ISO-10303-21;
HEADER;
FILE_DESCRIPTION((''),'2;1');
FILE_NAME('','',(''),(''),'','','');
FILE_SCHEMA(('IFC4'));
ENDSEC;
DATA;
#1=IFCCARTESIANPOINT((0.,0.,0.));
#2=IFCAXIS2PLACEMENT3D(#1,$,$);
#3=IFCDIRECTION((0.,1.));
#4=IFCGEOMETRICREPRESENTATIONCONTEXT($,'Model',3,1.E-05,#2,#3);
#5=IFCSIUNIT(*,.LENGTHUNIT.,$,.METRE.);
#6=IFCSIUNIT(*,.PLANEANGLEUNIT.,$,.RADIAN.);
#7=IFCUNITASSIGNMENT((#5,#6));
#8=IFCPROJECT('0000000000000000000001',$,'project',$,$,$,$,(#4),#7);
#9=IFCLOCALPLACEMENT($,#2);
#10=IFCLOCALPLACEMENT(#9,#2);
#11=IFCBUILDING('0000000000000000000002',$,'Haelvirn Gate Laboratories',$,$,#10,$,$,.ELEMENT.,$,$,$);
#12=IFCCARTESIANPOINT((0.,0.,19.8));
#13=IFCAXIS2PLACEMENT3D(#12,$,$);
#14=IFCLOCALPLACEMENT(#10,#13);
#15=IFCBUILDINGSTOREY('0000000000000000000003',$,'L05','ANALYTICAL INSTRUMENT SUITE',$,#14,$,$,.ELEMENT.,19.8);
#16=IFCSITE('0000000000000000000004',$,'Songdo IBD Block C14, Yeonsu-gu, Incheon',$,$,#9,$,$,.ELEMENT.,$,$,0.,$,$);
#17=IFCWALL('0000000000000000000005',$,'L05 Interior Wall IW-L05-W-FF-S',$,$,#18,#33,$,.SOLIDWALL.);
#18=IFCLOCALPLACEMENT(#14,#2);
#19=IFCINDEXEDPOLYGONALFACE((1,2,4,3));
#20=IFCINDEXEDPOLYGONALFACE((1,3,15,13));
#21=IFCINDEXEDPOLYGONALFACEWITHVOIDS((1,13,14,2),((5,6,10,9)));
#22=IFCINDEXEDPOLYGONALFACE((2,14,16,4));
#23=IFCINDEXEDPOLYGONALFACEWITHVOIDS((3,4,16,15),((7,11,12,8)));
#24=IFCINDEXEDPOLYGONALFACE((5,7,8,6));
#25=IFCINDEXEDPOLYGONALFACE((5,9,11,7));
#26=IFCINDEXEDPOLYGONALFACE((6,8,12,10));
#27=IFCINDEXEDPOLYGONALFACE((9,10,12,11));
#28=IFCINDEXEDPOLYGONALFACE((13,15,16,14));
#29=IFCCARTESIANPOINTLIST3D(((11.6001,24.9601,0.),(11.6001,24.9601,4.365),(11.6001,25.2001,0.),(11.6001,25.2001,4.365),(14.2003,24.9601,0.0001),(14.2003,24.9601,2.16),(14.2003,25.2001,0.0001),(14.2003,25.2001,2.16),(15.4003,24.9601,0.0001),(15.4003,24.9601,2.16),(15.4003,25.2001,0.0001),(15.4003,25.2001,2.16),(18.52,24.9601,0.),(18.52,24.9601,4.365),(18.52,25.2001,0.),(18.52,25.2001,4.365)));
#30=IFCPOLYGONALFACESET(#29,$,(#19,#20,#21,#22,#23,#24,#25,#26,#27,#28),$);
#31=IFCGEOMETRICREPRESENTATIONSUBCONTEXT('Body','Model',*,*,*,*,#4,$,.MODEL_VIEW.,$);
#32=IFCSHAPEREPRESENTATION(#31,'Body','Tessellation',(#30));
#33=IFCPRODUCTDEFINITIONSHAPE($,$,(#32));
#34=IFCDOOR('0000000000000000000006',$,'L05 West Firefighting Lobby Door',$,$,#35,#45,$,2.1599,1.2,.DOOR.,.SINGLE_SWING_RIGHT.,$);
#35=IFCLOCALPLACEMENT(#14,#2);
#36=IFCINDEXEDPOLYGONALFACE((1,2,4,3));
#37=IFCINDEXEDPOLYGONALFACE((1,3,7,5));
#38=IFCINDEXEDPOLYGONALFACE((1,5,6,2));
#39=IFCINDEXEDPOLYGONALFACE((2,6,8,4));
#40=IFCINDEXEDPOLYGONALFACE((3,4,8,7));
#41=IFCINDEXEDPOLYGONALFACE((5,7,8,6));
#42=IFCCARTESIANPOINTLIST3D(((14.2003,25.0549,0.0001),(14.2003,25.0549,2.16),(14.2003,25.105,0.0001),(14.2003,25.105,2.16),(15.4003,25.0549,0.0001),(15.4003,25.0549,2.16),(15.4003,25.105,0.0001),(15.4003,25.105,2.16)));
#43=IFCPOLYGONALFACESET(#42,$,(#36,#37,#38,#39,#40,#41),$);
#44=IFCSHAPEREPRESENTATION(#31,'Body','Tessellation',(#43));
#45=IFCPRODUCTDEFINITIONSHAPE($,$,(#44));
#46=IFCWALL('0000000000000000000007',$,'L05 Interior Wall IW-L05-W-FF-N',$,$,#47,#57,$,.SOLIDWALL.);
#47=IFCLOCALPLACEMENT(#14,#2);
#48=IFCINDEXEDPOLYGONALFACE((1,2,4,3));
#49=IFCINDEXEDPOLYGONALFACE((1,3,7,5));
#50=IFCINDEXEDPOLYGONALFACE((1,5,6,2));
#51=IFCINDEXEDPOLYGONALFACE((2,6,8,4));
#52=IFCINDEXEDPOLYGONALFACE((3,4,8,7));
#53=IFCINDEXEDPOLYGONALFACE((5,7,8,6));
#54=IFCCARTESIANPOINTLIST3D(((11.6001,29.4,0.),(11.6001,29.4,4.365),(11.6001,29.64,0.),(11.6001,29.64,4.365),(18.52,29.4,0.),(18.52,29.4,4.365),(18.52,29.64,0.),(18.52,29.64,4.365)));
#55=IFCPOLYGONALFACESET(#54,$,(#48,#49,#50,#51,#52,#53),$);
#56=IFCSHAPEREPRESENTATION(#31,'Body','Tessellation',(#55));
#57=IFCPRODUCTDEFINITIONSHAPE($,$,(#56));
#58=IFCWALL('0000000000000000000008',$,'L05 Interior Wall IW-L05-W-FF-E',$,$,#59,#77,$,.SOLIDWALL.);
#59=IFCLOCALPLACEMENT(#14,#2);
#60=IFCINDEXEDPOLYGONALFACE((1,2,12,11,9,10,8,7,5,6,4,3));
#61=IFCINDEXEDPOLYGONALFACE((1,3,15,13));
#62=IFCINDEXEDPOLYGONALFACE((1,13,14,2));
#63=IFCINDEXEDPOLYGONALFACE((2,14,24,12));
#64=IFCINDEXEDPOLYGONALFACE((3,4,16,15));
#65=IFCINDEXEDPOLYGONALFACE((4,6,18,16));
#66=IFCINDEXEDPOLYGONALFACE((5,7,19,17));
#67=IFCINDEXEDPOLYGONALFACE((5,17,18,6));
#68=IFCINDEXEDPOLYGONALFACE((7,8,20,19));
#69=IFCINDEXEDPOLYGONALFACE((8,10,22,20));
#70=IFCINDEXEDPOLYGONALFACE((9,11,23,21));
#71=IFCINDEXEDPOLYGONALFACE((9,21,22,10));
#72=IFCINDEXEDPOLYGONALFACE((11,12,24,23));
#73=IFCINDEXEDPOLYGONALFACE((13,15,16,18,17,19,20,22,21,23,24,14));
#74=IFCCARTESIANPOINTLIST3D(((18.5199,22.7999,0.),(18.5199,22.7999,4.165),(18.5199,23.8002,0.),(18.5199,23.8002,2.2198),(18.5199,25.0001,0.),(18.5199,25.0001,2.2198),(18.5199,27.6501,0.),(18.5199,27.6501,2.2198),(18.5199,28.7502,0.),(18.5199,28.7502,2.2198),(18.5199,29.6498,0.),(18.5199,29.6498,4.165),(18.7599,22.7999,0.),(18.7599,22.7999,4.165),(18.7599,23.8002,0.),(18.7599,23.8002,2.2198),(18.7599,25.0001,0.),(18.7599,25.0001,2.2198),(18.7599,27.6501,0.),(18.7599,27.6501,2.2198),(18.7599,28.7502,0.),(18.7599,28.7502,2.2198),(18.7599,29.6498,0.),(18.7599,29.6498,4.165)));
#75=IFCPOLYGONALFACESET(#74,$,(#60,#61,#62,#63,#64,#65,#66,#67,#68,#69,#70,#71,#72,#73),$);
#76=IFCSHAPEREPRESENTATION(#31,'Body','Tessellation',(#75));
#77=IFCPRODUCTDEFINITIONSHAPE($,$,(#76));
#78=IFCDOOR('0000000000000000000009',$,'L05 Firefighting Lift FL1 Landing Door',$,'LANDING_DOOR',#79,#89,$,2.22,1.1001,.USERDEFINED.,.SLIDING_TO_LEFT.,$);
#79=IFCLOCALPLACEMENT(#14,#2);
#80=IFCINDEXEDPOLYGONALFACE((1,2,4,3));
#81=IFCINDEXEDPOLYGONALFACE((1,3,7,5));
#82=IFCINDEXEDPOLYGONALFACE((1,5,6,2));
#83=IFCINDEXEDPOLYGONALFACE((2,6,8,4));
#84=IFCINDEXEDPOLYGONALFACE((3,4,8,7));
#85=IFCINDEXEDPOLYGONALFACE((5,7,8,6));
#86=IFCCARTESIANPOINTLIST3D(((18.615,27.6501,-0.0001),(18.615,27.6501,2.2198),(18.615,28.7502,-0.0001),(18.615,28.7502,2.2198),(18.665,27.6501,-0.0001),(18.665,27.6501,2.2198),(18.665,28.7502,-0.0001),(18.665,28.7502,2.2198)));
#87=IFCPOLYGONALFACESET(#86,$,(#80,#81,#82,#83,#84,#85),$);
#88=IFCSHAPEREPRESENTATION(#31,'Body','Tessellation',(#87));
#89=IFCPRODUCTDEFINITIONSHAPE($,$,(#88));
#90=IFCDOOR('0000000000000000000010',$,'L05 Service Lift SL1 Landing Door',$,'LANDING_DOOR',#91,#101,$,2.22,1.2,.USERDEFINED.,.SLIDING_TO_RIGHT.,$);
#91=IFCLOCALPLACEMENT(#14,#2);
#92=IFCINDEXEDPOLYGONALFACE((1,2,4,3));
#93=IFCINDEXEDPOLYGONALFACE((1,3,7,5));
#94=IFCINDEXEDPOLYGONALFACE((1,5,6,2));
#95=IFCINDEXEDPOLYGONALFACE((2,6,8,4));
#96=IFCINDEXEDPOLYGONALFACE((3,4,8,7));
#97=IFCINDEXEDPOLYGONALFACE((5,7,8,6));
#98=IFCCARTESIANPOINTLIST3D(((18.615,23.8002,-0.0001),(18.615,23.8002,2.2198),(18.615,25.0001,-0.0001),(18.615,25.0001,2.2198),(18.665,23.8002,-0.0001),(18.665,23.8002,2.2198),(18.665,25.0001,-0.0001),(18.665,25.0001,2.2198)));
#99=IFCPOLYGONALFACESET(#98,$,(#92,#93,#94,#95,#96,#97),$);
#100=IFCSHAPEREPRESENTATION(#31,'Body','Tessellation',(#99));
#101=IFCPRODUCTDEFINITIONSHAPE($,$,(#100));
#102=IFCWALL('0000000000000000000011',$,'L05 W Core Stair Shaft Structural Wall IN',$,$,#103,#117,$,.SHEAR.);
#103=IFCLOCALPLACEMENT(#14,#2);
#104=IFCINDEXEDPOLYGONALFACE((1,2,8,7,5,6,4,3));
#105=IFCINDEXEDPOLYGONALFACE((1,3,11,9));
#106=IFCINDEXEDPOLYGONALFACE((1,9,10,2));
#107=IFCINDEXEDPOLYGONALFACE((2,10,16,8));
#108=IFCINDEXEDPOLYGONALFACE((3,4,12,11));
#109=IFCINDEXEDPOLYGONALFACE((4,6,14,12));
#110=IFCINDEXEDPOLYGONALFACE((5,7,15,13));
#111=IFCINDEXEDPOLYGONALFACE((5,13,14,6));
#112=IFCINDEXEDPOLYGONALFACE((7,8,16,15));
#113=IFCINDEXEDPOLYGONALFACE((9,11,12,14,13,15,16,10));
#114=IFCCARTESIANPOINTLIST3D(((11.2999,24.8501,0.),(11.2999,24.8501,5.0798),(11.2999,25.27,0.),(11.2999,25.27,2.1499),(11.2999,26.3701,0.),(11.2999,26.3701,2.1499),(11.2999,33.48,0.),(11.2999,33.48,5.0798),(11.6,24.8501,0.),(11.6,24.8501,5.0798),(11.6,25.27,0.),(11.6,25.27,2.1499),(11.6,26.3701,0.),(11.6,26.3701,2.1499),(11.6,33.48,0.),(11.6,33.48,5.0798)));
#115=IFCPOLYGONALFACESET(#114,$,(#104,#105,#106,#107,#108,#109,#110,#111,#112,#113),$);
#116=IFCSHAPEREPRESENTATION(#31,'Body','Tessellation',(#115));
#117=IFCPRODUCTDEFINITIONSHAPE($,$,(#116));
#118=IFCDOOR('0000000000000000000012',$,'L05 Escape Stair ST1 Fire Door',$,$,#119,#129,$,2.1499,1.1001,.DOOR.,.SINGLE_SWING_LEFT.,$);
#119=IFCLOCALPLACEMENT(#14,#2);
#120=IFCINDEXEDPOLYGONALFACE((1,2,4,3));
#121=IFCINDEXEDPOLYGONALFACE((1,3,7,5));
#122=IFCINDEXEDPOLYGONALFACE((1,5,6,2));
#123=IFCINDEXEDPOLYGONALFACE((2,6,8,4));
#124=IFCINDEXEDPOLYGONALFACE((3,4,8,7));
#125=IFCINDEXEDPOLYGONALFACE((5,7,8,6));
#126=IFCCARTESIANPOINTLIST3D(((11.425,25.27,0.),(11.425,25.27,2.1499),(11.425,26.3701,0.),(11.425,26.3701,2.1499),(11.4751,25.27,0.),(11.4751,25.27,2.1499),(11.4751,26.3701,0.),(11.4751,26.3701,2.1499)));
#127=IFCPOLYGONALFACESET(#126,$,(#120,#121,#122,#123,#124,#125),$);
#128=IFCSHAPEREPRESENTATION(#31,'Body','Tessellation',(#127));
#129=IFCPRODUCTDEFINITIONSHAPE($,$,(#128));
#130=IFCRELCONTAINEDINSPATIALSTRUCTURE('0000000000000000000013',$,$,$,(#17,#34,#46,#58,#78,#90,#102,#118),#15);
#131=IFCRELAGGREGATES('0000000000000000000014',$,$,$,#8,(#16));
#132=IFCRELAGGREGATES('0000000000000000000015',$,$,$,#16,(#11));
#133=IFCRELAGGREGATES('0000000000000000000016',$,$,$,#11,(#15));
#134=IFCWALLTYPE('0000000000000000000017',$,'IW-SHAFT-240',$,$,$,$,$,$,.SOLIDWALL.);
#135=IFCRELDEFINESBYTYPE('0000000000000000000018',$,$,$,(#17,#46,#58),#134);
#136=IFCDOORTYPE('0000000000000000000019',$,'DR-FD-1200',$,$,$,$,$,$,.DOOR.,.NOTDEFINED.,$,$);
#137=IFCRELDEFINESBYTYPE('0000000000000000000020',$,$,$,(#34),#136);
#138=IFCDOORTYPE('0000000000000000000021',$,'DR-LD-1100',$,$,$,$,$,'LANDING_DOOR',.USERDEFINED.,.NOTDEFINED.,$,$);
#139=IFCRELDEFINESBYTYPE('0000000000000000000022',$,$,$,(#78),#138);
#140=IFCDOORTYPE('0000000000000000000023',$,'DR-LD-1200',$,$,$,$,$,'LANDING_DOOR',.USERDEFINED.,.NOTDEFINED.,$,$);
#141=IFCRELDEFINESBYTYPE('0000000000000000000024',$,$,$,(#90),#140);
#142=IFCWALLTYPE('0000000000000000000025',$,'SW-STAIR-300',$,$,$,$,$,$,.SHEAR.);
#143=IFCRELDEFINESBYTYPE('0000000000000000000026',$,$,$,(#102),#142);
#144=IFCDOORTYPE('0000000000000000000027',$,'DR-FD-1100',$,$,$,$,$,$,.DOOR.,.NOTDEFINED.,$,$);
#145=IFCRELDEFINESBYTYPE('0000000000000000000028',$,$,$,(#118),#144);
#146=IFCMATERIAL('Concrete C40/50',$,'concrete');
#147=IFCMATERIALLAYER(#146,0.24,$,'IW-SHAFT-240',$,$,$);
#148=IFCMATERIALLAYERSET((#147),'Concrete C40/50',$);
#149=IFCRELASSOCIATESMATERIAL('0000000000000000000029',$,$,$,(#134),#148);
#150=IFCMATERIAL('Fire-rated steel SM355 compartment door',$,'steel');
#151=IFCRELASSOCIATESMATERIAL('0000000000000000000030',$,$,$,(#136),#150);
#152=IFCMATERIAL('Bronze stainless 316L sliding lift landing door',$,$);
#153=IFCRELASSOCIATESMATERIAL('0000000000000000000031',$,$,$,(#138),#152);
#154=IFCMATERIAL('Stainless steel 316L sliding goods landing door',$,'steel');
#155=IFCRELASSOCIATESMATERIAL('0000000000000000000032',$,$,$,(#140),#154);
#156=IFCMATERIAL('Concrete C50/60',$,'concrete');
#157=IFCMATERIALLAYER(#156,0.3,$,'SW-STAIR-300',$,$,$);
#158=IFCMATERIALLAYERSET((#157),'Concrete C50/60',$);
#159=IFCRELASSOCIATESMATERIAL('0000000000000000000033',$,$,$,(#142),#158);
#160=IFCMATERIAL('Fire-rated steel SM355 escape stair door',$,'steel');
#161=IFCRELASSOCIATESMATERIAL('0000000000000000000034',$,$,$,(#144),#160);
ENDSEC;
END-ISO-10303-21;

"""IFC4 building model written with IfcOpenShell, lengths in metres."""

from ifc_helpers import new_model, si_unit, direction, frame, frame_2d, origin, place, context, subcontext, project, spatial, rectangle, extrude, source, transform, mapped, material, layer, layer_set, type_object, type_shapes, element, fill, save


model = new_model("IFC4")

# Units and contexts
model_context = context("Model", 3, precision=1e-05, world=origin(), true_north=direction((0.0, 1.0)))
body_context = subcontext(model_context, "Body", "Model", "MODEL_VIEW")
ifc_project = project(units=[si_unit("LENGTHUNIT", "METRE"), si_unit("PLANEANGLEUNIT", "RADIAN")], contexts=[model_context])

# Site, building, storey
site_placement = place(None, origin())
site = spatial("IfcSite", under=ifc_project, at=site_placement, Name="Songdo IBD Block C14, Yeonsu-gu, Incheon", CompositionType="ELEMENT", RefElevation=0.0)
building_placement = place(site_placement, origin())
building = spatial("IfcBuilding", under=site, at=building_placement, Name="Haelvirn Gate Laboratories", CompositionType="ELEMENT")
storey_placement = place(building_placement, frame((0.0, 0.0, 19.8)))
storey = spatial("IfcBuildingStorey", under=building, at=storey_placement, Name="L05", Description="ANALYTICAL INSTRUMENT SUITE", CompositionType="ELEMENT", Elevation=19.8)

# Shared definitions
ifc_material_1 = material(Name="Concrete C40/50", Category="concrete")

# Wall, opening, door
ifc_layer_1 = layer(ifc_material_1, 0.24, Name="IW-SHAFT-240")
ifc_layer_set_1 = layer_set([ifc_layer_1], Name="Concrete C40/50")
wall_type_1 = type_object("IfcWallType", Name="IW-SHAFT-240", PredefinedType="SOLIDWALL", material=ifc_layer_set_1)
wall_1_placement = place(storey_placement, frame((11.6001, 25.0801, 0.0), z_axis=(0.0, 0.0, 1.0), x_axis=(1.0, 0.0, 0.0)))
wall_1 = element("IfcWall", 1, at=wall_1_placement, inside=storey, type_object=wall_type_1, Name="L05 Interior Wall IW-L05-W-FF-S", PredefinedType="SOLIDWALL", context=body_context, shape_type="SweptSolid", body=[
    extrude(rectangle(XDim=6.9199, YDim=0.24, at=frame_2d((3.46, 0.0))), origin(), (0.0, 0.0, 1.0), 4.365),
])
opening_1_placement = place(wall_1_placement, frame((2.6001, 0.0, 0.0)))
opening_1 = element("IfcOpeningElement", 2, at=opening_1_placement, cuts=wall_1, PredefinedType="OPENING", context=body_context, shape_type="SweptSolid", body=[
    extrude(rectangle(XDim=1.2, YDim=2.1599, at=frame_2d((0.6001, 1.0801))), frame((0.0, 0.1299, 0.0), z_axis=(0.0, -1.0, 0.0), x_axis=(1.0, 0.0, 0.0)), (0.0, 0.0, 1.0), 0.26),
])
ifc_material_2 = material(Name="Fire-rated steel SM355 compartment door", Category="steel")
door_type_1 = type_object("IfcDoorType", Name="DR-FD-1200", OperationType="NOTDEFINED", PredefinedType="DOOR", material=ifc_material_2)
shared_shape_1 = source(origin(), body_context, "Body", "SweptSolid", [
    extrude(rectangle(XDim=1.2, YDim=2.1599, at=frame_2d((0.6001, 1.0801))), frame((0.0, 0.0249, 0.0), z_axis=(0.0, -1.0, 0.0), x_axis=(1.0, 0.0, 0.0)), (0.0, 0.0, 1.0), 0.05),
])
type_shapes(door_type_1, [shared_shape_1])
door_1_placement = place(opening_1_placement, origin())
door_1 = element("IfcDoor", 3, at=door_1_placement, inside=storey, type_object=door_type_1, Name="L05 West Firefighting Lobby Door", OperationType="SINGLE_SWING_RIGHT", OverallHeight=2.1599, OverallWidth=1.2, PredefinedType="DOOR", context=body_context, shape_type="MappedRepresentation", body=[
    mapped(shared_shape_1, transform((0.0, 0.0, 0.0), scale=1.0)),
])
fill(opening_1, door_1)

# Wall
wall_2_placement = place(storey_placement, frame((11.6001, 29.52, 0.0), z_axis=(0.0, 0.0, 1.0), x_axis=(1.0, 0.0, 0.0)))
element("IfcWall", 4, at=wall_2_placement, inside=storey, type_object=wall_type_1, Name="L05 Interior Wall IW-L05-W-FF-N", PredefinedType="SOLIDWALL", context=body_context, shape_type="SweptSolid", body=[
    extrude(rectangle(XDim=6.9199, YDim=0.24, at=frame_2d((3.46, 0.0))), origin(), (0.0, 0.0, 1.0), 4.365),
])

# Wall, openings, doors
wall_3_placement = place(storey_placement, frame((18.6399, 22.8, 0.0), z_axis=(0.0, 0.0, 1.0), x_axis=(0.0, 1.0, 0.0)))
wall_3 = element("IfcWall", 5, at=wall_3_placement, inside=storey, type_object=wall_type_1, Name="L05 Interior Wall IW-L05-W-FF-E", PredefinedType="SOLIDWALL", context=body_context, shape_type="SweptSolid", body=[
    extrude(rectangle(XDim=6.8499, YDim=0.24, at=frame_2d((3.4248, 0.0))), origin(), (0.0, 0.0, 1.0), 4.165),
])
opening_2_placement = place(wall_3_placement, frame((4.8501, 0.0, 0.0)))
opening_2 = element("IfcOpeningElement", 6, at=opening_2_placement, cuts=wall_3, PredefinedType="OPENING", context=body_context, shape_type="SweptSolid", body=[
    extrude(rectangle(XDim=1.1001, YDim=2.22, at=frame_2d((0.55, 1.1099))), frame((0.0, 0.1299, 0.0), z_axis=(0.0, -1.0, 0.0), x_axis=(1.0, 0.0, 0.0)), (0.0, 0.0, 1.0), 0.26),
])
opening_3_placement = place(wall_3_placement, frame((1.0, 0.0, 0.0)))
opening_3 = element("IfcOpeningElement", 7, at=opening_3_placement, cuts=wall_3, PredefinedType="OPENING", context=body_context, shape_type="SweptSolid", body=[
    extrude(rectangle(XDim=1.2, YDim=2.22, at=frame_2d((0.6001, 1.1099))), frame((0.0, 0.1299, 0.0), z_axis=(0.0, -1.0, 0.0), x_axis=(1.0, 0.0, 0.0)), (0.0, 0.0, 1.0), 0.26),
])
ifc_material_3 = material(Name="Bronze stainless 316L sliding lift landing door")
door_type_2 = type_object("IfcDoorType", Name="DR-LD-1100", ElementType="LANDING_DOOR", OperationType="NOTDEFINED", PredefinedType="USERDEFINED", material=ifc_material_3)
shared_shape_2 = source(origin(), body_context, "Body", "SweptSolid", [
    extrude(rectangle(XDim=1.1001, YDim=2.22, at=frame_2d((0.55, 1.1099))), frame((0.0, 0.0249, 0.0), z_axis=(0.0, -1.0, 0.0), x_axis=(1.0, 0.0, 0.0)), (0.0, 0.0, 1.0), 0.05),
])
type_shapes(door_type_2, [shared_shape_2])
door_2_placement = place(opening_2_placement, origin())
door_2 = element("IfcDoor", 8, at=door_2_placement, inside=storey, type_object=door_type_2, Name="L05 Firefighting Lift FL1 Landing Door", ObjectType="LANDING_DOOR", OperationType="SLIDING_TO_LEFT", OverallHeight=2.22, OverallWidth=1.1001, PredefinedType="USERDEFINED", context=body_context, shape_type="MappedRepresentation", body=[
    mapped(shared_shape_2, transform((0.0, 0.0, 0.0), scale=1.0)),
])
fill(opening_2, door_2)
ifc_material_4 = material(Name="Stainless steel 316L sliding goods landing door", Category="steel")
door_type_3 = type_object("IfcDoorType", Name="DR-LD-1200", ElementType="LANDING_DOOR", OperationType="NOTDEFINED", PredefinedType="USERDEFINED", material=ifc_material_4)
shared_shape_3 = source(origin(), body_context, "Body", "SweptSolid", [
    extrude(rectangle(XDim=1.2, YDim=2.22, at=frame_2d((0.6001, 1.1099))), frame((0.0, 0.0249, 0.0), z_axis=(0.0, -1.0, 0.0), x_axis=(1.0, 0.0, 0.0)), (0.0, 0.0, 1.0), 0.05),
])
type_shapes(door_type_3, [shared_shape_3])
door_3_placement = place(opening_3_placement, origin())
door_3 = element("IfcDoor", 9, at=door_3_placement, inside=storey, type_object=door_type_3, Name="L05 Service Lift SL1 Landing Door", ObjectType="LANDING_DOOR", OperationType="SLIDING_TO_RIGHT", OverallHeight=2.22, OverallWidth=1.2, PredefinedType="USERDEFINED", context=body_context, shape_type="MappedRepresentation", body=[
    mapped(shared_shape_3, transform((0.0, 0.0, 0.0), scale=1.0)),
])
fill(opening_3, door_3)

# Wall, opening, door
ifc_material_5 = material(Name="Concrete C50/60", Category="concrete")
ifc_layer_2 = layer(ifc_material_5, 0.3, Name="SW-STAIR-300")
ifc_layer_set_2 = layer_set([ifc_layer_2], Name="Concrete C50/60")
wall_type_2 = type_object("IfcWallType", Name="SW-STAIR-300", PredefinedType="SHEAR", material=ifc_layer_set_2)
wall_4_placement = place(storey_placement, frame((11.45, 24.8501, 0.0), z_axis=(0.0, 0.0, 1.0), x_axis=(0.0, 1.0, 0.0)))
wall_4 = element("IfcWall", 10, at=wall_4_placement, inside=storey, type_object=wall_type_2, Name="L05 W Core Stair Shaft Structural Wall IN", PredefinedType="SHEAR", context=body_context, shape_type="SweptSolid", body=[
    extrude(rectangle(XDim=8.6299, YDim=0.3, at=frame_2d((4.3149, 0.0))), origin(), (0.0, 0.0, 1.0), 5.0798),
])
opening_4_placement = place(wall_4_placement, frame((0.4199, 0.0, 0.0)))
opening_4 = element("IfcOpeningElement", 11, at=opening_4_placement, cuts=wall_4, PredefinedType="OPENING", context=body_context, shape_type="SweptSolid", body=[
    extrude(rectangle(XDim=1.1001, YDim=2.1499, at=frame_2d((0.55, 1.075))), frame((0.0, 0.1602, 0.0), z_axis=(0.0, -1.0, 0.0), x_axis=(1.0, 0.0, 0.0)), (0.0, 0.0, 1.0), 0.3201),
])
ifc_material_6 = material(Name="Fire-rated steel SM355 escape stair door", Category="steel")
door_type_4 = type_object("IfcDoorType", Name="DR-FD-1100", OperationType="NOTDEFINED", PredefinedType="DOOR", material=ifc_material_6)
shared_shape_4 = source(origin(), body_context, "Body", "SweptSolid", [
    extrude(rectangle(XDim=1.1001, YDim=2.1499, at=frame_2d((0.55, 1.075))), frame((0.0, 0.0249, 0.0), z_axis=(0.0, -1.0, 0.0), x_axis=(1.0, 0.0, 0.0)), (0.0, 0.0, 1.0), 0.05),
])
type_shapes(door_type_4, [shared_shape_4])
door_4_placement = place(opening_4_placement, origin())
door_4 = element("IfcDoor", 12, at=door_4_placement, inside=storey, type_object=door_type_4, Name="L05 Escape Stair ST1 Fire Door", OperationType="SINGLE_SWING_LEFT", OverallHeight=2.1499, OverallWidth=1.1001, PredefinedType="DOOR", context=body_context, shape_type="MappedRepresentation", body=[
    mapped(shared_shape_4, transform((0.0, 0.0, 0.0), scale=1.0)),
])
fill(opening_4, door_4)

save(model, "model.ifc")
